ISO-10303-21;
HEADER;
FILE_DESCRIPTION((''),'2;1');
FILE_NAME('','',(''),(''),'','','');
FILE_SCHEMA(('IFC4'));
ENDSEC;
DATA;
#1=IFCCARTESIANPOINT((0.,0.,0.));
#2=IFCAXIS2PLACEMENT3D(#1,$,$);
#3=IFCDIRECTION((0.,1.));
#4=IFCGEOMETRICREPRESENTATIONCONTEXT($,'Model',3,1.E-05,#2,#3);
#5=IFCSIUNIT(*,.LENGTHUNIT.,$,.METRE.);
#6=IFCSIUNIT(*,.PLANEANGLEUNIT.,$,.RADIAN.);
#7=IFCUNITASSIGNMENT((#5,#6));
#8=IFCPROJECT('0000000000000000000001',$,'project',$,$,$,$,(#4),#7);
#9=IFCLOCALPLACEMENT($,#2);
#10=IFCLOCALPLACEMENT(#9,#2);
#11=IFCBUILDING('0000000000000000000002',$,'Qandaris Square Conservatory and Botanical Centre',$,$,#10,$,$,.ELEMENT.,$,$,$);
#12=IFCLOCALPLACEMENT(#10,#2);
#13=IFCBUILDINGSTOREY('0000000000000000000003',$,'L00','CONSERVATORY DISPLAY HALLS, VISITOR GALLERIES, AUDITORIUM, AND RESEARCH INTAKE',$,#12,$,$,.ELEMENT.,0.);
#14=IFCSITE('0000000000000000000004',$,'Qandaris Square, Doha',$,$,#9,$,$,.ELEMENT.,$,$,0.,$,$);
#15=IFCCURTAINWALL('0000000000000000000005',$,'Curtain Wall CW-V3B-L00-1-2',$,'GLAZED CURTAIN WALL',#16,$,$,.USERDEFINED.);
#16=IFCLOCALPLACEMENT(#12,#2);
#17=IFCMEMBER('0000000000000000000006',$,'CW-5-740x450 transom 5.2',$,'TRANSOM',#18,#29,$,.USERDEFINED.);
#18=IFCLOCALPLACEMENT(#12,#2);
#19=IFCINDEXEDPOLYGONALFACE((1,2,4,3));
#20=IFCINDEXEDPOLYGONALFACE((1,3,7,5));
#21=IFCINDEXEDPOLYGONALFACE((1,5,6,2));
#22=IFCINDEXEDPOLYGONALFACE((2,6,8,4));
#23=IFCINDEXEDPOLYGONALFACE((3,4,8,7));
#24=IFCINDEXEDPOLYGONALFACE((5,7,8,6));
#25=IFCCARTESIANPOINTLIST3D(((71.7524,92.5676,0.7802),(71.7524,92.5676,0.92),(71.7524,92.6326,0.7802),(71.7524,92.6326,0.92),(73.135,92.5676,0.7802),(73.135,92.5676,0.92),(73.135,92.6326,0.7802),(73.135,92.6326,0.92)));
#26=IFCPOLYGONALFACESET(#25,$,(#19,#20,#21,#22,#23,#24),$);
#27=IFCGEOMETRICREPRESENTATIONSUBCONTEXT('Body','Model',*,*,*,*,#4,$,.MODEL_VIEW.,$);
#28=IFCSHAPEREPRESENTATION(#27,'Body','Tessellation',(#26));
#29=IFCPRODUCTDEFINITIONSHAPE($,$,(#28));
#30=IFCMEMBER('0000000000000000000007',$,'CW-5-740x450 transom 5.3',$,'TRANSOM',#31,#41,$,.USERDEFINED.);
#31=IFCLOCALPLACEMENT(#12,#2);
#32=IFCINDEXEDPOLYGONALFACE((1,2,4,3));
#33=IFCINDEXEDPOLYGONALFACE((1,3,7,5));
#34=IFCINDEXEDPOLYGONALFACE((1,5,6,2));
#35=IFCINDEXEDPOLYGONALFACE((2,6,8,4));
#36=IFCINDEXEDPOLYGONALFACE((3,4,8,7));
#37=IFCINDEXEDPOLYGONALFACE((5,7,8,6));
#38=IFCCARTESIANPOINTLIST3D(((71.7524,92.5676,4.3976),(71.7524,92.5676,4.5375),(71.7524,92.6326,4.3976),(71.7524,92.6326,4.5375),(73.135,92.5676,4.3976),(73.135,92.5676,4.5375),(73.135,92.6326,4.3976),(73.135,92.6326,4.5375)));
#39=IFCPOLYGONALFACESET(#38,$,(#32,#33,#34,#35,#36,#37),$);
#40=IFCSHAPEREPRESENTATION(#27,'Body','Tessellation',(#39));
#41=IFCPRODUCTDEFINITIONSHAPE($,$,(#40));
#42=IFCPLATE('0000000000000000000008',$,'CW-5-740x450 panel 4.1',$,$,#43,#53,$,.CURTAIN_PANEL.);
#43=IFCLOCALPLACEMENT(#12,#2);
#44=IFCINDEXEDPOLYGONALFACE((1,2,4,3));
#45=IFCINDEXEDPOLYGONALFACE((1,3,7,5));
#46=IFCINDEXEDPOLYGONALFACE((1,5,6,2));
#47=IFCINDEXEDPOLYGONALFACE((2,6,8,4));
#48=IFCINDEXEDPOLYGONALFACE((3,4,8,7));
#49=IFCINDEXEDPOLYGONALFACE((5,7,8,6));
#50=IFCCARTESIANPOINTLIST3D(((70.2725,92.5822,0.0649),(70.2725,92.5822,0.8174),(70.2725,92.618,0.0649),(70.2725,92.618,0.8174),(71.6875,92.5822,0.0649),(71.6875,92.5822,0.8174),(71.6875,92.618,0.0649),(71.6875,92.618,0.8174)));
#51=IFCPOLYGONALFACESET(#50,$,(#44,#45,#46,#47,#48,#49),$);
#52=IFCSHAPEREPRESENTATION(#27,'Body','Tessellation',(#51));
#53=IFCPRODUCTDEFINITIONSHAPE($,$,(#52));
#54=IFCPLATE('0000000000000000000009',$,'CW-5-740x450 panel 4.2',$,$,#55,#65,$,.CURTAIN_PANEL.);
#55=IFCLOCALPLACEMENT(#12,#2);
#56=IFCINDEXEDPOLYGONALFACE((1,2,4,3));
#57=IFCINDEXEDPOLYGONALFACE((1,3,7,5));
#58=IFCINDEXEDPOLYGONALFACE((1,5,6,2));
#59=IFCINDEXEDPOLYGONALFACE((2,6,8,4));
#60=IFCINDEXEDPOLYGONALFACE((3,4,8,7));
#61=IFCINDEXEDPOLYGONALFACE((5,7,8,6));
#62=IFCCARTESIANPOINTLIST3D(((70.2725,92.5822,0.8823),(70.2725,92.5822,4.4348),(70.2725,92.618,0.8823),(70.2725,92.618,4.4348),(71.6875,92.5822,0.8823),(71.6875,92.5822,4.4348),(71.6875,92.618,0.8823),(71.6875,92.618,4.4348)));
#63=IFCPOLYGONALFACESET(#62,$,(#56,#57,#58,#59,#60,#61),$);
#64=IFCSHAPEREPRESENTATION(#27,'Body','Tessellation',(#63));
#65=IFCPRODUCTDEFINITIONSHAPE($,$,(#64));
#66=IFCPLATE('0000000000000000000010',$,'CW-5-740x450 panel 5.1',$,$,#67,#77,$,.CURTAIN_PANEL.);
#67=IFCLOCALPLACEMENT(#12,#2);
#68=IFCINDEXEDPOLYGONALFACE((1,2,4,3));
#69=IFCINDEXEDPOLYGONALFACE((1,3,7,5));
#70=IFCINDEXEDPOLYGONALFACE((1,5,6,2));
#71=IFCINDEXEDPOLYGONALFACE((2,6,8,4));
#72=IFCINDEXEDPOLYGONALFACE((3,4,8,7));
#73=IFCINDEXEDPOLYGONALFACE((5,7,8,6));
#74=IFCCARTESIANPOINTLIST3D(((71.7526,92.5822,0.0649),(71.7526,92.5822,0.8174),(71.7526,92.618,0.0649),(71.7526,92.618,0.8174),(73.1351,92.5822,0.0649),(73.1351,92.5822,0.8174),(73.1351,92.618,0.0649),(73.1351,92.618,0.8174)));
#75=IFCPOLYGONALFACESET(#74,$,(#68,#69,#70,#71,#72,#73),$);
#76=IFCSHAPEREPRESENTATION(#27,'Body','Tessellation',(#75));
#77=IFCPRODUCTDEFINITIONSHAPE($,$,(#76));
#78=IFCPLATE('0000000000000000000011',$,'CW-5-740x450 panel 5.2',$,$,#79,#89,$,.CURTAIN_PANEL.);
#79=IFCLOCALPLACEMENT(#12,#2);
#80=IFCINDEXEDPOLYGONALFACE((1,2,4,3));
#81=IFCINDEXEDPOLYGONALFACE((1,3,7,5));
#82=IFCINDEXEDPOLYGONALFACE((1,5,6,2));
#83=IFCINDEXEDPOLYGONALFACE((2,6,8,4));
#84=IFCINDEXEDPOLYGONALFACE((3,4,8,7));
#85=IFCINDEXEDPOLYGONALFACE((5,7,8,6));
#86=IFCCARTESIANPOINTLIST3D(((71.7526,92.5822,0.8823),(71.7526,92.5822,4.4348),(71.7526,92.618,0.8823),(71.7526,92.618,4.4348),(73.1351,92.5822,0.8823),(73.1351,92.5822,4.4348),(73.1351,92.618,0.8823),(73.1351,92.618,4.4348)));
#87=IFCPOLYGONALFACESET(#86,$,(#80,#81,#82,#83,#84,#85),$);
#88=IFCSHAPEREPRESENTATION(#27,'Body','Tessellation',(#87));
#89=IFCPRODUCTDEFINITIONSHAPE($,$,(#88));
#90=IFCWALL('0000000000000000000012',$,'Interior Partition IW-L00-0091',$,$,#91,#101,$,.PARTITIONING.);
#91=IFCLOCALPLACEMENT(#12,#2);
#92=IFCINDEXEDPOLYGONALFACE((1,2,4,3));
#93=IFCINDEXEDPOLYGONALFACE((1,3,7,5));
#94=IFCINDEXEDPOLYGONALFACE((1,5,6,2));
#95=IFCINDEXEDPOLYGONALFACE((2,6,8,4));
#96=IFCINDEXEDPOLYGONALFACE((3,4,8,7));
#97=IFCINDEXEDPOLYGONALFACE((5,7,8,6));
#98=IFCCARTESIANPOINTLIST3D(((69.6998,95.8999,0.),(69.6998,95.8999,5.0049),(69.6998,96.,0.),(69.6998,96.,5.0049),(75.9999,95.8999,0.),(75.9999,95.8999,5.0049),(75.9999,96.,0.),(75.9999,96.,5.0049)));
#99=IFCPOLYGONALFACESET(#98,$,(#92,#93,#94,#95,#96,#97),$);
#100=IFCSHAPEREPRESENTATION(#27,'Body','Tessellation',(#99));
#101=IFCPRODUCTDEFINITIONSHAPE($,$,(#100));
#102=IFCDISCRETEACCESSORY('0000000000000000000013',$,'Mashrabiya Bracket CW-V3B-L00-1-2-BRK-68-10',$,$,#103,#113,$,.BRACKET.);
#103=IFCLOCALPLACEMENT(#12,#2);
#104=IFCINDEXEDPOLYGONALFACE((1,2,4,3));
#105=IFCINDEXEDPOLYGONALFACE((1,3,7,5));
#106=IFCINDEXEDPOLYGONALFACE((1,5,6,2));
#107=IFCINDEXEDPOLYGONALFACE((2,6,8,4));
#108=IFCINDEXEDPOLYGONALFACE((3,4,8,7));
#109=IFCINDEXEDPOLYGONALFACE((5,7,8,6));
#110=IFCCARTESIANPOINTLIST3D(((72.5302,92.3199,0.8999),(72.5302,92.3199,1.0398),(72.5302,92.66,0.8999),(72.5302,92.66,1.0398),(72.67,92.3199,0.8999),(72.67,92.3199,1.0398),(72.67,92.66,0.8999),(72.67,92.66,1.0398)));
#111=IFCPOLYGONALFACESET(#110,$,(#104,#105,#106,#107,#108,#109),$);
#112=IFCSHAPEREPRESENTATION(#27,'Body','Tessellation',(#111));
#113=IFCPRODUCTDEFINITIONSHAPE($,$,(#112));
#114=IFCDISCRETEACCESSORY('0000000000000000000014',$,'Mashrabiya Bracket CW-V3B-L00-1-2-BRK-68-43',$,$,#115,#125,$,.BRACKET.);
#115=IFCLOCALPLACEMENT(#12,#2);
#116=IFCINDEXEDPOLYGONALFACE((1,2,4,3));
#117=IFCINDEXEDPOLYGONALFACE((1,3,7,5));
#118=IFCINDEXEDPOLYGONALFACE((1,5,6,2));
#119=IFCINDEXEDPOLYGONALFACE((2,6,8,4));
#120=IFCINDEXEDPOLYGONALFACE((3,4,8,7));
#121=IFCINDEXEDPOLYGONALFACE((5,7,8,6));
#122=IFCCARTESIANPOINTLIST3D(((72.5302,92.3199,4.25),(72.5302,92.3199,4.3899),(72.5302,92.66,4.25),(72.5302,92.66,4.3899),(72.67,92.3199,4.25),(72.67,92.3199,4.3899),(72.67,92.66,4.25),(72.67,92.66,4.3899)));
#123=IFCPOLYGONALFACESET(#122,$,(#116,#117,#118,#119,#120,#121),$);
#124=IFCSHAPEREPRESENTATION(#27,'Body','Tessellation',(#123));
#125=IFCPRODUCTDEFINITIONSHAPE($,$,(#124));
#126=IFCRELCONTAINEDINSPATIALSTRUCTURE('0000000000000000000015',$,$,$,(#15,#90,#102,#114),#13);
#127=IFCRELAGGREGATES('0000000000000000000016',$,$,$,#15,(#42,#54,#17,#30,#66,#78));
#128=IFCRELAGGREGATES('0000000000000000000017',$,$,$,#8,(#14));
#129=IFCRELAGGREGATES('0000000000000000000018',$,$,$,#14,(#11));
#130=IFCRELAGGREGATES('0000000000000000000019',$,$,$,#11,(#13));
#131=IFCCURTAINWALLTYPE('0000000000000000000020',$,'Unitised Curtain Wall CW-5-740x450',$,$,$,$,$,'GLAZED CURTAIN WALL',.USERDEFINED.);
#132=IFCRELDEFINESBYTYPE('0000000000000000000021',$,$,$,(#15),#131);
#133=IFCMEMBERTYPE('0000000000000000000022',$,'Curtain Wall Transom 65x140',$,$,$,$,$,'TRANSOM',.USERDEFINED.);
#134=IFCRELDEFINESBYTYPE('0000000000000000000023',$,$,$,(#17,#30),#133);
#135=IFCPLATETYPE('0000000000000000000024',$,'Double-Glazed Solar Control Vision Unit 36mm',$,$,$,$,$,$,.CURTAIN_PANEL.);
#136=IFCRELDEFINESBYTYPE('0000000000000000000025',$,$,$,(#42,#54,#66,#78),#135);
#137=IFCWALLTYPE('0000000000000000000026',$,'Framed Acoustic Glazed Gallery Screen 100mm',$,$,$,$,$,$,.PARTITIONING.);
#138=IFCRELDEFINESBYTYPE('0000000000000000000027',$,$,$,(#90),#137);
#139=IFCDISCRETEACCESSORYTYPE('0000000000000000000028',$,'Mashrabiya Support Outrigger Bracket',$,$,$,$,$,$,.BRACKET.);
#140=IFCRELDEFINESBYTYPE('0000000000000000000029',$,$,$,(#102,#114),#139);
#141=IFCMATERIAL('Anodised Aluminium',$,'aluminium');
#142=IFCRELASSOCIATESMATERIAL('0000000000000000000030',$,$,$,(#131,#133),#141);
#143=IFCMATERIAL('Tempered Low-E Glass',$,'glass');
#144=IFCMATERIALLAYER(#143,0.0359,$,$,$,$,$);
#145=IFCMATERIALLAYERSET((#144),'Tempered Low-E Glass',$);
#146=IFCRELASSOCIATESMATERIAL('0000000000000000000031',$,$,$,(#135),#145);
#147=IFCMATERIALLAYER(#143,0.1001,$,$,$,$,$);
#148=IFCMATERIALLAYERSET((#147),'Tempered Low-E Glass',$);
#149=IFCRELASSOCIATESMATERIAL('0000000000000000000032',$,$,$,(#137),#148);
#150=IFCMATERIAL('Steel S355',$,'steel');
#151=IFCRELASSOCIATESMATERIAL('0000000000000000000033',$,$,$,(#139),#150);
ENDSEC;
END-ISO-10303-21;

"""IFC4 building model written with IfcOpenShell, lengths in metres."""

from ifc_helpers import new_model, si_unit, direction, frame, frame_2d, origin, origin_2d, place, context, subcontext, project, spatial, rectangle, extrude, material, layer, layer_set, material_profile, profile_set, type_object, element, aggregate, save


model = new_model("IFC4")

# Units and contexts
model_context = context("Model", 3, precision=1e-05, world=origin(), true_north=direction((0.0, 1.0)))
body_context = subcontext(model_context, "Body", "Model", "MODEL_VIEW")
ifc_project = project(units=[si_unit("LENGTHUNIT", "METRE"), si_unit("PLANEANGLEUNIT", "RADIAN")], contexts=[model_context])

# Site, building, storey
site_placement = place(None, origin())
site = spatial("IfcSite", under=ifc_project, at=site_placement, Name="Qandaris Square, Doha", CompositionType="ELEMENT", RefElevation=0.0)
building_placement = place(site_placement, origin())
building = spatial("IfcBuilding", under=site, at=building_placement, Name="Qandaris Square Conservatory and Botanical Centre", CompositionType="ELEMENT")
storey_placement = place(building_placement, origin())
storey = spatial("IfcBuildingStorey", under=building, at=storey_placement, Name="L00", Description="CONSERVATORY DISPLAY HALLS, VISITOR GALLERIES, AUDITORIUM, AND RESEARCH INTAKE", CompositionType="ELEMENT", Elevation=0.0)

# Curtain wall, members, plates
ifc_material_1 = material(Name="Anodised Aluminium", Category="aluminium")
curtain_wall_type = type_object("IfcCurtainWallType", Name="Unitised Curtain Wall CW-5-740x450", ElementType="GLAZED CURTAIN WALL", PredefinedType="USERDEFINED", material=ifc_material_1)
curtain_wall_placement = place(storey_placement, origin())
curtain_wall = element("IfcCurtainWall", 1, at=curtain_wall_placement, inside=storey, type_object=curtain_wall_type, Name="Curtain Wall CW-V3B-L00-1-2", ObjectType="GLAZED CURTAIN WALL", PredefinedType="USERDEFINED")
ifc_material_profile_1 = material_profile(ifc_material_1, rectangle(XDim=0.0649, YDim=0.1399, at=origin_2d()), Name="ALU-TRN 65x140")
ifc_profile_set_1 = profile_set([ifc_material_profile_1], Name="Anodised Aluminium")
member_type_1 = type_object("IfcMemberType", Name="Curtain Wall Transom 65x140", ElementType="TRANSOM", PredefinedType="USERDEFINED", material=ifc_profile_set_1)
member_1_placement = place(storey_placement, frame((71.7524, 92.6001, 0.8501), z_axis=(1.0, 0.0, 0.0), x_axis=(0.0, 1.0, 0.0)))
member_1 = element("IfcMember", 2, at=member_1_placement, type_object=member_type_1, Name="CW-5-740x450 transom 5.2", ObjectType="TRANSOM", PredefinedType="USERDEFINED", context=body_context, shape_type="SweptSolid", body=[
    extrude(rectangle(XDim=0.0649, YDim=0.1399, at=origin_2d()), origin(), (0.0, 0.0, 1.0), 1.3826),
])
member_2_placement = place(storey_placement, frame((71.7524, 92.6001, 4.4675), z_axis=(1.0, 0.0, 0.0), x_axis=(0.0, 1.0, 0.0)))
member_2 = element("IfcMember", 3, at=member_2_placement, type_object=member_type_1, Name="CW-5-740x450 transom 5.3", ObjectType="TRANSOM", PredefinedType="USERDEFINED", context=body_context, shape_type="SweptSolid", body=[
    extrude(rectangle(XDim=0.0649, YDim=0.1399, at=origin_2d()), origin(), (0.0, 0.0, 1.0), 1.3826),
])
ifc_material_2 = material(Name="Tempered Low-E Glass", Category="glass")
ifc_layer_1 = layer(ifc_material_2, 0.0359)
ifc_layer_set_1 = layer_set([ifc_layer_1], Name="Tempered Low-E Glass")
plate_type = type_object("IfcPlateType", Name="Double-Glazed Solar Control Vision Unit 36mm", PredefinedType="CURTAIN_PANEL", material=ifc_layer_set_1)
plate_1_placement = place(storey_placement, frame((70.98, 92.6001, 0.0649), z_axis=(0.0, 0.0, 1.0), x_axis=(1.0, 0.0, 0.0)))
plate_1 = element("IfcPlate", 4, at=plate_1_placement, type_object=plate_type, Name="CW-5-740x450 panel 4.1", PredefinedType="CURTAIN_PANEL", context=body_context, shape_type="SweptSolid", body=[
    extrude(rectangle(XDim=1.415, YDim=0.0359, at=origin_2d()), origin(), (0.0, 0.0, 1.0), 0.7524),
])
plate_2_placement = place(storey_placement, frame((70.98, 92.6001, 0.8823), z_axis=(0.0, 0.0, 1.0), x_axis=(1.0, 0.0, 0.0)))
plate_2 = element("IfcPlate", 5, at=plate_2_placement, type_object=plate_type, Name="CW-5-740x450 panel 4.2", PredefinedType="CURTAIN_PANEL", context=body_context, shape_type="SweptSolid", body=[
    extrude(rectangle(XDim=1.415, YDim=0.0359, at=origin_2d()), origin(), (0.0, 0.0, 1.0), 3.5525),
])
plate_3_placement = place(storey_placement, frame((72.4438, 92.6001, 0.0649), z_axis=(0.0, 0.0, 1.0), x_axis=(1.0, 0.0, 0.0)))
plate_3 = element("IfcPlate", 6, at=plate_3_placement, type_object=plate_type, Name="CW-5-740x450 panel 5.1", PredefinedType="CURTAIN_PANEL", context=body_context, shape_type="SweptSolid", body=[
    extrude(rectangle(XDim=1.3826, YDim=0.0359, at=origin_2d()), origin(), (0.0, 0.0, 1.0), 0.7524),
])
plate_4_placement = place(storey_placement, frame((72.4438, 92.6001, 0.8823), z_axis=(0.0, 0.0, 1.0), x_axis=(1.0, 0.0, 0.0)))
plate_4 = element("IfcPlate", 7, at=plate_4_placement, type_object=plate_type, Name="CW-5-740x450 panel 5.2", PredefinedType="CURTAIN_PANEL", context=body_context, shape_type="SweptSolid", body=[
    extrude(rectangle(XDim=1.3826, YDim=0.0359, at=origin_2d()), origin(), (0.0, 0.0, 1.0), 3.5525),
])
aggregate(curtain_wall, [plate_1, plate_2, member_1, member_2, plate_3, plate_4])

# Wall
ifc_layer_2 = layer(ifc_material_2, 0.1001)
ifc_layer_set_2 = layer_set([ifc_layer_2], Name="Tempered Low-E Glass")
wall_type = type_object("IfcWallType", Name="Framed Acoustic Glazed Gallery Screen 100mm", PredefinedType="PARTITIONING", material=ifc_layer_set_2)
wall_placement = place(storey_placement, frame((69.7, 95.95, 0.0), z_axis=(0.0, 0.0, 1.0), x_axis=(1.0, 0.0, 0.0)))
element("IfcWall", 8, at=wall_placement, inside=storey, type_object=wall_type, Name="Interior Partition IW-L00-0091", PredefinedType="PARTITIONING", context=body_context, shape_type="SweptSolid", body=[
    extrude(rectangle(XDim=6.3, YDim=0.1001, at=frame_2d((3.1499, 0.0))), origin(), (0.0, 0.0, 1.0), 5.0049),
])

# Discrete accessories
ifc_material_3 = material(Name="Steel S355", Category="steel")
discrete_accessory_type = type_object("IfcDiscreteAccessoryType", Name="Mashrabiya Support Outrigger Bracket", PredefinedType="BRACKET", material=ifc_material_3)
for number, where, z_axis, x_axis, name in (
    (9, (72.6001, 92.49, 0.8999), (0.0, 0.0, 1.0), (1.0, 0.0, 0.0), "Mashrabiya Bracket CW-V3B-L00-1-2-BRK-68-10"),
    (10, (72.6001, 92.49, 4.25), (0.0, 0.0, 1.0), (1.0, 0.0, 0.0), "Mashrabiya Bracket CW-V3B-L00-1-2-BRK-68-43"),
):
    element("IfcDiscreteAccessory", number, at=place(storey_placement, frame(where, z_axis=z_axis, x_axis=x_axis)), inside=storey, type_object=discrete_accessory_type, Name=name, PredefinedType="BRACKET", context=body_context, shape_type="SweptSolid", body=[
        extrude(rectangle(XDim=0.1399, YDim=0.3401, at=origin_2d()), origin(), (0.0, 0.0, 1.0), 0.1399),
    ])

save(model, "model.ifc")
